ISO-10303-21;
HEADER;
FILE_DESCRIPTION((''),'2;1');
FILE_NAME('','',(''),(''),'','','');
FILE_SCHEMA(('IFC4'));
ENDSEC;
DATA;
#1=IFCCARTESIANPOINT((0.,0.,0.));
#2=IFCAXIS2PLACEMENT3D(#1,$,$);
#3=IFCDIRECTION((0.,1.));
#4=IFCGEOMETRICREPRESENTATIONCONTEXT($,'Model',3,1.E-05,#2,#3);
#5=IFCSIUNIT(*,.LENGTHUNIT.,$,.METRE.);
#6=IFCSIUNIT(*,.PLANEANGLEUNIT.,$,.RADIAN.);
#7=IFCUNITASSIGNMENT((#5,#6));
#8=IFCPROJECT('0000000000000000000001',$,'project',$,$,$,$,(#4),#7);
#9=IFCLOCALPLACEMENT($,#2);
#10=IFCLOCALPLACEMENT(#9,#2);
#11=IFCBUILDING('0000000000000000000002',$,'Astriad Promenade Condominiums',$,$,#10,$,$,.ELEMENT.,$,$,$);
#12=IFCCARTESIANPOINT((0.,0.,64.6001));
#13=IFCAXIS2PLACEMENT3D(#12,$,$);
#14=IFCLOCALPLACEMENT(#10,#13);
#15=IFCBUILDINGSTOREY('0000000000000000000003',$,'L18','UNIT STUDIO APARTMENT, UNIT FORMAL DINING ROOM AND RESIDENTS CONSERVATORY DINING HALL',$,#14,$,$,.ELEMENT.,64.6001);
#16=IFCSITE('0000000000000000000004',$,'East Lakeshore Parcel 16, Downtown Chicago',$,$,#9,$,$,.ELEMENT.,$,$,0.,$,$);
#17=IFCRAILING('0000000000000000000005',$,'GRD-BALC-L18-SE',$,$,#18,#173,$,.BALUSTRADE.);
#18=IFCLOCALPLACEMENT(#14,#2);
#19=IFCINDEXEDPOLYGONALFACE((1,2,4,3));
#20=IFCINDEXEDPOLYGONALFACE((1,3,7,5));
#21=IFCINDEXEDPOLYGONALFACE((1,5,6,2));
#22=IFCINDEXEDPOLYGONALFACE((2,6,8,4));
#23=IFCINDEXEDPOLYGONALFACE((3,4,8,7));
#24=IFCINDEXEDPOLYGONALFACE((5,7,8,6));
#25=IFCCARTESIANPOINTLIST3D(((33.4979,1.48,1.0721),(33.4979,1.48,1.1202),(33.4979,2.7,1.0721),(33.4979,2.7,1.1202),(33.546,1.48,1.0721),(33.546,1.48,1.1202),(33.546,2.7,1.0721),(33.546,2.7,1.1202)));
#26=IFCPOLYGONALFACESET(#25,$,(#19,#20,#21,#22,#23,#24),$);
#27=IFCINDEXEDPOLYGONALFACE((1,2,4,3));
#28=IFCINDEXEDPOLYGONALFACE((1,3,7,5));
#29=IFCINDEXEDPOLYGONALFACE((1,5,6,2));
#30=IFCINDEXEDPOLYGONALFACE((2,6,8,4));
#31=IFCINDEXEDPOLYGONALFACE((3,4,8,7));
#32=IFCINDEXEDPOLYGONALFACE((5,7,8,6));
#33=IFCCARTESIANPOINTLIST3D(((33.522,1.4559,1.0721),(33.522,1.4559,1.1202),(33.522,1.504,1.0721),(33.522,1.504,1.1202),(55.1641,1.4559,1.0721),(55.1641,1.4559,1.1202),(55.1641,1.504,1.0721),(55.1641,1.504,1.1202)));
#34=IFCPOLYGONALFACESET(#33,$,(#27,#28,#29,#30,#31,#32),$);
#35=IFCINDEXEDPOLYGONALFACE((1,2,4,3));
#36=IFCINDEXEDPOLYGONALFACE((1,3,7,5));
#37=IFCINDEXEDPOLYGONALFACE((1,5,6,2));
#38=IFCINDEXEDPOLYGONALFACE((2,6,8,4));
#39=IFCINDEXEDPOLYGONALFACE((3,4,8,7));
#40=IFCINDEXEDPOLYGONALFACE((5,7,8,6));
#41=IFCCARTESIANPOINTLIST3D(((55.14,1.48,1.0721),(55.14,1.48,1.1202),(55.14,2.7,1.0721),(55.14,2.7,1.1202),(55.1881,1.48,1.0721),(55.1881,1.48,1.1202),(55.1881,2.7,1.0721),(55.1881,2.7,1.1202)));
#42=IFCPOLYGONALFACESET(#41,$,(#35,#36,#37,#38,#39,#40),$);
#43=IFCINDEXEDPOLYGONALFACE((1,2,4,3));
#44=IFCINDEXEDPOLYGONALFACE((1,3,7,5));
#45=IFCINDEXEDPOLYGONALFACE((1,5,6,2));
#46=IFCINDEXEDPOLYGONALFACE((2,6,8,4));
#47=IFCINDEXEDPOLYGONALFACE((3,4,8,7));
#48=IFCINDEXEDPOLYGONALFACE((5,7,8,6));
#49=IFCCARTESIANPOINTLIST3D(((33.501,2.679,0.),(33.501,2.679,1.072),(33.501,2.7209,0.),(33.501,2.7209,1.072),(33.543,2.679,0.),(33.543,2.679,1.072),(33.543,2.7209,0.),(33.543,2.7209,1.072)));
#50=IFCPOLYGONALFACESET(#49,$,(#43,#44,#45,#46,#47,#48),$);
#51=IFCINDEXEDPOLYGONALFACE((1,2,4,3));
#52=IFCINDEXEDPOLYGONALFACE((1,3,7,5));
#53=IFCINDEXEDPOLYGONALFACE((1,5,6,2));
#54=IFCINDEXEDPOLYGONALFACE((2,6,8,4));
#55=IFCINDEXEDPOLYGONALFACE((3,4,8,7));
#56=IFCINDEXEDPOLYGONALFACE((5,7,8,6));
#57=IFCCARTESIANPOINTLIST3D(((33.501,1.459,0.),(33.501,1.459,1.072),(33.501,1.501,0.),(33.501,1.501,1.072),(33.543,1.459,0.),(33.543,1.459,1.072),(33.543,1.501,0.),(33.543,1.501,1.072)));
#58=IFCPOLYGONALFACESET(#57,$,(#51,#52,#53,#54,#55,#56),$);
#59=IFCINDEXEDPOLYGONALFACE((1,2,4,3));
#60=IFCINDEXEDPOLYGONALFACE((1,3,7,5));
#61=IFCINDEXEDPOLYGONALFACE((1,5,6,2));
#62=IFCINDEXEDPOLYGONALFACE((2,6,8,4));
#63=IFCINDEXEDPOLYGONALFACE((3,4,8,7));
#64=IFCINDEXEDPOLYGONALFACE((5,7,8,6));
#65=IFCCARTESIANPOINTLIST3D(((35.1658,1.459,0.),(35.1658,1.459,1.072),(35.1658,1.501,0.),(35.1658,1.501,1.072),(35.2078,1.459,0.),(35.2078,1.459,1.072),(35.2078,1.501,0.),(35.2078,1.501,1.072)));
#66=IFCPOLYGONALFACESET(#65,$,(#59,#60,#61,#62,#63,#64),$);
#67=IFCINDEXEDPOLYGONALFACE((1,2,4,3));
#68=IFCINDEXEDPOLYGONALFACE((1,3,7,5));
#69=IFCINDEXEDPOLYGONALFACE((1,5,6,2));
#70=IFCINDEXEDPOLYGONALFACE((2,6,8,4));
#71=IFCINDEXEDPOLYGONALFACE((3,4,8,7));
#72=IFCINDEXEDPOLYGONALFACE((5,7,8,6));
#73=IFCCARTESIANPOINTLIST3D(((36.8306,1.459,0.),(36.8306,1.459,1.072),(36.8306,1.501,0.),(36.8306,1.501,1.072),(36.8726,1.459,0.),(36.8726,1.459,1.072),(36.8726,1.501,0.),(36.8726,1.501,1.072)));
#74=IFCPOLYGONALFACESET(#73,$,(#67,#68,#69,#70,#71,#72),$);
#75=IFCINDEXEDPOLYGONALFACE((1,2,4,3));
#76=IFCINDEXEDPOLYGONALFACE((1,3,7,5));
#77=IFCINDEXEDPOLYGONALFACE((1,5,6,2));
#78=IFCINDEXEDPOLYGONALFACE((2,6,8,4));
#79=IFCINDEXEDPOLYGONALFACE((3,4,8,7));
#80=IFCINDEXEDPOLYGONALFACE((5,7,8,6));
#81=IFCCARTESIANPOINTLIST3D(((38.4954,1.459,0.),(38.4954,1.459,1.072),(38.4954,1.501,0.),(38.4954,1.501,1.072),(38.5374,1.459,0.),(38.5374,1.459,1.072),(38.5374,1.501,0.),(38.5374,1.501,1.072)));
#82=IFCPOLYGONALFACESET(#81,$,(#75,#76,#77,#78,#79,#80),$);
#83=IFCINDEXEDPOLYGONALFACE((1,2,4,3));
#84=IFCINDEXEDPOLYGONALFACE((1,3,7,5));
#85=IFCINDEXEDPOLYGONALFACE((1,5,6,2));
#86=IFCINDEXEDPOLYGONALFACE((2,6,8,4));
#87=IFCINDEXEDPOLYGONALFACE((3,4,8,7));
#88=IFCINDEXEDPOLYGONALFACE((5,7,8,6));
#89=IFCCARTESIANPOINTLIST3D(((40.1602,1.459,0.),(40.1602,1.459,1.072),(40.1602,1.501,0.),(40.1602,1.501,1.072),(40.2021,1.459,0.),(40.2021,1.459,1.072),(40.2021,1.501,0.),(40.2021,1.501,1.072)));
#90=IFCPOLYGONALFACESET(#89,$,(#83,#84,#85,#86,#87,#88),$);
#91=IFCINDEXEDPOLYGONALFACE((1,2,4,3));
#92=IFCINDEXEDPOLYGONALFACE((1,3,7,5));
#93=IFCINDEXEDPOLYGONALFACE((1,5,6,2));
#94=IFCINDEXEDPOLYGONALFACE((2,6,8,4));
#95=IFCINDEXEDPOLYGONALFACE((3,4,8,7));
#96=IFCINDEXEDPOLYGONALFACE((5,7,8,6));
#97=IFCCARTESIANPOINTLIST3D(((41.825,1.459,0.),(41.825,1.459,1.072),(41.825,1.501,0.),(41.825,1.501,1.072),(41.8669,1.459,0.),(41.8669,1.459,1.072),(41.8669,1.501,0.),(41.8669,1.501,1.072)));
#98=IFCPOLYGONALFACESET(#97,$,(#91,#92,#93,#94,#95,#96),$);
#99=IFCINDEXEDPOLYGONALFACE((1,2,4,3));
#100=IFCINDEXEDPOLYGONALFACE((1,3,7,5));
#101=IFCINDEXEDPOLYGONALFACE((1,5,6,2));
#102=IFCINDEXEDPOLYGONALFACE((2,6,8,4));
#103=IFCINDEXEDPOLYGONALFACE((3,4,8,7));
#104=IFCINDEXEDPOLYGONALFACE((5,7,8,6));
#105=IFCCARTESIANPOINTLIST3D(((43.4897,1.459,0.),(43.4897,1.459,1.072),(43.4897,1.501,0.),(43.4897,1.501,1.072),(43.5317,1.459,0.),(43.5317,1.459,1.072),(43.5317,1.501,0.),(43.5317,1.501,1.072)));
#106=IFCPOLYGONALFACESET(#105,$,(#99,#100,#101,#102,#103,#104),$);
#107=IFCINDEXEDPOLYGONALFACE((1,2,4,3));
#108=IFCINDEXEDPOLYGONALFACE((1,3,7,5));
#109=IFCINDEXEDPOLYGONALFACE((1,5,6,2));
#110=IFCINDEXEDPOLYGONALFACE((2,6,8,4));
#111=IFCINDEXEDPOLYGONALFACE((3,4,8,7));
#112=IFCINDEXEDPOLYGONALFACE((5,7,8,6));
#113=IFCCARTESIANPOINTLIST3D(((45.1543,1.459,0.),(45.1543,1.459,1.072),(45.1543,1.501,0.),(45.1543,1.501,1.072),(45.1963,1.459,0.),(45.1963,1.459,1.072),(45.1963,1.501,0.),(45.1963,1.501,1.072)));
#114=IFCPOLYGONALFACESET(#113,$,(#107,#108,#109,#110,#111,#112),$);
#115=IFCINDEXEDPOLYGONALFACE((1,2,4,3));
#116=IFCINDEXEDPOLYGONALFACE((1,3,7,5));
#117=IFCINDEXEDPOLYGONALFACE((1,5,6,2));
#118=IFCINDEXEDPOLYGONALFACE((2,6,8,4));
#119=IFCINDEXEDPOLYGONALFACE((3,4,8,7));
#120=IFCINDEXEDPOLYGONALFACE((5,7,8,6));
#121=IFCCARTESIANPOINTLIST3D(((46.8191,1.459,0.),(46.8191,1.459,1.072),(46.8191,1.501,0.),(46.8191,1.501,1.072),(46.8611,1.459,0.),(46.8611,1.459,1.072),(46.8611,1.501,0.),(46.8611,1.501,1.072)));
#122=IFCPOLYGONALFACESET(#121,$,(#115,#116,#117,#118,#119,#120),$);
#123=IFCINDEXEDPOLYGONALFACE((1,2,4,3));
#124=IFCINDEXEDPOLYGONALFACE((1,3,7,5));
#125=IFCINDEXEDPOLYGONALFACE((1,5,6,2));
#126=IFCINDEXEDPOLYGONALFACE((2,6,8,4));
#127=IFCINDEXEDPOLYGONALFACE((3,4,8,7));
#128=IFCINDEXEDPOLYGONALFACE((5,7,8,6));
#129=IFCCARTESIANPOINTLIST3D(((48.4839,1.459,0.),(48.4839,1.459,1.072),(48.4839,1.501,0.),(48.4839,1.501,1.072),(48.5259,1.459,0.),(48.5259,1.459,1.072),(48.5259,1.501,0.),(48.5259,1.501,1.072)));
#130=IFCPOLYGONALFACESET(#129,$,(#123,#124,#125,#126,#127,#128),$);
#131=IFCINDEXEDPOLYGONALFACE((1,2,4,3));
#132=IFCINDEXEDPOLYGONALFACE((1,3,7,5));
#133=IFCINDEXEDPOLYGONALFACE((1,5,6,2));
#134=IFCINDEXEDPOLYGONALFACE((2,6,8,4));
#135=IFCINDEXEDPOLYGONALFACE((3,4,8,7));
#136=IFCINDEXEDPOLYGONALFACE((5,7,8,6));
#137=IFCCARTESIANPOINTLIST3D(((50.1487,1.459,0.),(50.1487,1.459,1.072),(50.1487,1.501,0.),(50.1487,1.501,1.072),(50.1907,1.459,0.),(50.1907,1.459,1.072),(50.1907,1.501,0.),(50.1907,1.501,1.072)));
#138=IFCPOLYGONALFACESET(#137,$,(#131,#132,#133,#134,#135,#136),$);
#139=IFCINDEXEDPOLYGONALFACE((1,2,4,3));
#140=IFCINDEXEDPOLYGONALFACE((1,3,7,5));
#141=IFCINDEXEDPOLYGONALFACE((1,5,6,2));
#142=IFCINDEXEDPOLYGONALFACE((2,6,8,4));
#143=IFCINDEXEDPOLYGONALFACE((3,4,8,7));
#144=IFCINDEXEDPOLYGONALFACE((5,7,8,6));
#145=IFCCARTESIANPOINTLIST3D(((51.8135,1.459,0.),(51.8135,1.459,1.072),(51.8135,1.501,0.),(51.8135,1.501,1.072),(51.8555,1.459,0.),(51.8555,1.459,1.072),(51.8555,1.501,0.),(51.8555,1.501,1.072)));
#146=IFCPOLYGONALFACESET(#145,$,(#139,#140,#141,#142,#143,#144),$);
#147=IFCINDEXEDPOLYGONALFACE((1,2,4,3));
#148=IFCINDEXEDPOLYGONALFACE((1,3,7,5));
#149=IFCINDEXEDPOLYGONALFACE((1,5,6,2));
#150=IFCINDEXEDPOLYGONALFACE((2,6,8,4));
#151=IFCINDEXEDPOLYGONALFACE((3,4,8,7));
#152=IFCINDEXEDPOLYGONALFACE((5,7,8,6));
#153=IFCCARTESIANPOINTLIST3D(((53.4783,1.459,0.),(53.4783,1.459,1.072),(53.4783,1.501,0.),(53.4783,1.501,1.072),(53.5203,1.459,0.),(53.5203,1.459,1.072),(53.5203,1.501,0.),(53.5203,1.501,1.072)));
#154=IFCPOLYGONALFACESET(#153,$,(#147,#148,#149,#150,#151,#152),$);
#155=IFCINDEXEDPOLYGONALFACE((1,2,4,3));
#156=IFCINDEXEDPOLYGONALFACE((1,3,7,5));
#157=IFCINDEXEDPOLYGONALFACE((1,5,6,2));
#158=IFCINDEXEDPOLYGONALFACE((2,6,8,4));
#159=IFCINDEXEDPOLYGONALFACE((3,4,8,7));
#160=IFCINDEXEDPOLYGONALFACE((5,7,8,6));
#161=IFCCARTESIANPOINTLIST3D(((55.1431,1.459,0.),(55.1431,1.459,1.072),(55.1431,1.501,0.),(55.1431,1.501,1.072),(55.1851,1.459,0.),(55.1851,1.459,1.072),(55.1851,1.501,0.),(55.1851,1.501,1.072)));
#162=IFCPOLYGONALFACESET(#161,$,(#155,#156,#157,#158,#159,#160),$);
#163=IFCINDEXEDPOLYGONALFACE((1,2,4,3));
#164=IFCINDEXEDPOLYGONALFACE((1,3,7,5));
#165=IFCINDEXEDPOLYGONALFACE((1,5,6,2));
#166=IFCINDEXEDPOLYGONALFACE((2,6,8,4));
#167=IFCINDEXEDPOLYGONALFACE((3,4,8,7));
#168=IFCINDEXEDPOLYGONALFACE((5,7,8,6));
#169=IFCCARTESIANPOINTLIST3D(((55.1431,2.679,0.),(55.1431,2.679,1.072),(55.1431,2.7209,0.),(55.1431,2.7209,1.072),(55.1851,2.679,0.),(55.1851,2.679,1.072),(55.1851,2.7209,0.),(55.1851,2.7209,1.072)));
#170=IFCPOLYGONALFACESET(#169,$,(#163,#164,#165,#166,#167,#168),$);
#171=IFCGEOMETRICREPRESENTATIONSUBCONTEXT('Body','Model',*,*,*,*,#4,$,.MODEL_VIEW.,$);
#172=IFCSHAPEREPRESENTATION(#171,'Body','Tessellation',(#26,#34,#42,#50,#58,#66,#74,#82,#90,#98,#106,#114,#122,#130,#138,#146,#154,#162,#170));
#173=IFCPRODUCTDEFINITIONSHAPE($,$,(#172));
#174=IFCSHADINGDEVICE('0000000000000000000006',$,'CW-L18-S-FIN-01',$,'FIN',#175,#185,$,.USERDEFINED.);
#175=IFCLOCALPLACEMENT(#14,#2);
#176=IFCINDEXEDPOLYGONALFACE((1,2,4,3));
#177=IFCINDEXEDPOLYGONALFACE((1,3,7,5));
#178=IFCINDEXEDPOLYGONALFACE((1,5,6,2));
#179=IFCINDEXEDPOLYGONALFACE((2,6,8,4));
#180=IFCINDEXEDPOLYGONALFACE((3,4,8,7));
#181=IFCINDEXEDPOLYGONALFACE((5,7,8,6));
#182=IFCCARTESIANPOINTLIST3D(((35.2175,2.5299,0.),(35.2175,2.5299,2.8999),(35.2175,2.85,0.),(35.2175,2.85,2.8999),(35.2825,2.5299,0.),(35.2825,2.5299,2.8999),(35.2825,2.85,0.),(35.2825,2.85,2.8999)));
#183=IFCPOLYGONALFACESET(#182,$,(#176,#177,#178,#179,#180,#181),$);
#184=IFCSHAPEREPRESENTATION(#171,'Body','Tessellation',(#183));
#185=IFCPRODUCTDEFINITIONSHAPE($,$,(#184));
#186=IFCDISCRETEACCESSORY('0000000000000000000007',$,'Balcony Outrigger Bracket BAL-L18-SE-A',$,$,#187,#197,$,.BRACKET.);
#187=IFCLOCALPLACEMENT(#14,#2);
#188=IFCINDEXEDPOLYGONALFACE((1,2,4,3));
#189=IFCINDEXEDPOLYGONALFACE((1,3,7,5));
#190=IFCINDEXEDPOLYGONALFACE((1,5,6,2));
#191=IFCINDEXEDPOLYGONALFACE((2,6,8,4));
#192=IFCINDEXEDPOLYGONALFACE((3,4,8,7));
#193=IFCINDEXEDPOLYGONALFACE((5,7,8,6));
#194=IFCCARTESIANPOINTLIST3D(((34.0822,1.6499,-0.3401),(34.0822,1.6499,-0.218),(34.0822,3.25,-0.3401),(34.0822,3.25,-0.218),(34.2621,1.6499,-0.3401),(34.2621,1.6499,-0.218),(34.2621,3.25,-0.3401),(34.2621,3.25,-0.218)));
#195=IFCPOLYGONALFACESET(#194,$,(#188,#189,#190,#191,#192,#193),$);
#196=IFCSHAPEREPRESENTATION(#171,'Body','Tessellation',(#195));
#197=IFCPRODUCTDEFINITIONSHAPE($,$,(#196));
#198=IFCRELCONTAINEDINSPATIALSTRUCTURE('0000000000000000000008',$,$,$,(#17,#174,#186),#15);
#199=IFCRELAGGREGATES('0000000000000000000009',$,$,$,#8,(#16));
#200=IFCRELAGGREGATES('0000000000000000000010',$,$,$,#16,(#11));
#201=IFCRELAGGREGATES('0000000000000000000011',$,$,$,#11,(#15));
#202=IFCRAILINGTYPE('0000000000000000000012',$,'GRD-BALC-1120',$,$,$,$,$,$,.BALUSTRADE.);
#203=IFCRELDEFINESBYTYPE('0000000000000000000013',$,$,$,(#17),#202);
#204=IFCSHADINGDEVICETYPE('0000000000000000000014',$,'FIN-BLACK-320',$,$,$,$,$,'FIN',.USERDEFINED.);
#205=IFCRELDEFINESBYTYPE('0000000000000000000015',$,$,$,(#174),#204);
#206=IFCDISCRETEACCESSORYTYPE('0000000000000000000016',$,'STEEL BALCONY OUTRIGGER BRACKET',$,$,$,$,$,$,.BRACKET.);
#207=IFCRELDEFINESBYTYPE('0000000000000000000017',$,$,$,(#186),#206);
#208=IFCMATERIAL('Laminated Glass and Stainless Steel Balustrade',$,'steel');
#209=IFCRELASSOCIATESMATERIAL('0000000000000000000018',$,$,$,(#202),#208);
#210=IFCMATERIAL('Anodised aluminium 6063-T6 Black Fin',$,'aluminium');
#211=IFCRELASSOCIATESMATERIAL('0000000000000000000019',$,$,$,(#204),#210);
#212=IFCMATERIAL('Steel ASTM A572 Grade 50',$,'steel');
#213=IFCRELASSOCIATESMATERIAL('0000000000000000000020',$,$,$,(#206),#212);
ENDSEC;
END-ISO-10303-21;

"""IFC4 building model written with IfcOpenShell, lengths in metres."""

from ifc_helpers import new_model, si_unit, direction, frame, origin, origin_2d, place, context, subcontext, project, spatial, rectangle, extrude, source, transform, mapped, material, type_object, type_shapes, element, save


model = new_model("IFC4")

# Units and contexts
model_context = context("Model", 3, precision=1e-05, world=origin(), true_north=direction((0.0, 1.0)))
body_context = subcontext(model_context, "Body", "Model", "MODEL_VIEW")
ifc_project = project(units=[si_unit("LENGTHUNIT", "METRE"), si_unit("PLANEANGLEUNIT", "RADIAN")], contexts=[model_context])

# Site, building, storey
site_placement = place(None, origin())
site = spatial("IfcSite", under=ifc_project, at=site_placement, Name="East Lakeshore Parcel 16, Downtown Chicago", CompositionType="ELEMENT", RefElevation=0.0)
building_placement = place(site_placement, origin())
building = spatial("IfcBuilding", under=site, at=building_placement, Name="Astriad Promenade Condominiums", CompositionType="ELEMENT")
storey_placement = place(building_placement, frame((0.0, 0.0, 64.6001)))
storey = spatial("IfcBuildingStorey", under=building, at=storey_placement, Name="L18", Description="UNIT STUDIO APARTMENT, UNIT FORMAL DINING ROOM AND RESIDENTS CONSERVATORY DINING HALL", CompositionType="ELEMENT", Elevation=64.6001)

# Railing
ifc_material_1 = material(Name="Laminated Glass and Stainless Steel Balustrade", Category="steel")
railing_type = type_object("IfcRailingType", Name="GRD-BALC-1120", PredefinedType="BALUSTRADE", material=ifc_material_1)
shared_shape_1 = source(origin(), body_context, "Body", "SweptSolid", [
    extrude(rectangle(XDim=0.0481, YDim=0.0481, at=origin_2d()), frame((0.0, 0.0, 1.0962), z_axis=(0.0, -1.0, 0.0), x_axis=(1.0, 0.0, 0.0)), (0.0, 0.0, 1.0), 1.22),
    extrude(rectangle(XDim=0.0481, YDim=0.0481, at=origin_2d()), frame((0.0, -1.22, 1.0962), z_axis=(1.0, 0.0, 0.0), x_axis=(0.0, 1.0, 0.0)), (0.0, 0.0, 1.0), 21.6421),
    extrude(rectangle(XDim=0.0481, YDim=0.0481, at=origin_2d()), frame((21.6421, -1.22, 1.0962), z_axis=(0.0, 1.0, 0.0), x_axis=(-1.0, 0.0, 0.0)), (0.0, 0.0, 1.0), 1.22),
    extrude(rectangle(XDim=0.042, YDim=0.042, at=origin_2d()), origin(), (0.0, 0.0, 1.0), 1.072),
    extrude(rectangle(XDim=0.042, YDim=0.042, at=origin_2d()), frame((0.0, -1.22, 0.0)), (0.0, 0.0, 1.0), 1.072),
    extrude(rectangle(XDim=0.042, YDim=0.042, at=origin_2d()), frame((1.6648, -1.22, 0.0)), (0.0, 0.0, 1.0), 1.072),
    extrude(rectangle(XDim=0.042, YDim=0.042, at=origin_2d()), frame((3.3296, -1.22, 0.0)), (0.0, 0.0, 1.0), 1.072),
    extrude(rectangle(XDim=0.042, YDim=0.042, at=origin_2d()), frame((4.9944, -1.22, 0.0)), (0.0, 0.0, 1.0), 1.072),
    extrude(rectangle(XDim=0.042, YDim=0.042, at=origin_2d()), frame((6.6592, -1.22, 0.0)), (0.0, 0.0, 1.0), 1.072),
    extrude(rectangle(XDim=0.042, YDim=0.042, at=origin_2d()), frame((8.324, -1.22, 0.0)), (0.0, 0.0, 1.0), 1.072),
    extrude(rectangle(XDim=0.042, YDim=0.042, at=origin_2d()), frame((9.9888, -1.22, 0.0)), (0.0, 0.0, 1.0), 1.072),
    extrude(rectangle(XDim=0.042, YDim=0.042, at=origin_2d()), frame((11.6533, -1.22, 0.0)), (0.0, 0.0, 1.0), 1.072),
    extrude(rectangle(XDim=0.042, YDim=0.042, at=origin_2d()), frame((13.3181, -1.22, 0.0)), (0.0, 0.0, 1.0), 1.072),
    extrude(rectangle(XDim=0.042, YDim=0.042, at=origin_2d()), frame((14.9829, -1.22, 0.0)), (0.0, 0.0, 1.0), 1.072),
    extrude(rectangle(XDim=0.042, YDim=0.042, at=origin_2d()), frame((16.6477, -1.22, 0.0)), (0.0, 0.0, 1.0), 1.072),
    extrude(rectangle(XDim=0.042, YDim=0.042, at=origin_2d()), frame((18.3125, -1.22, 0.0)), (0.0, 0.0, 1.0), 1.072),
    extrude(rectangle(XDim=0.042, YDim=0.042, at=origin_2d()), frame((19.9773, -1.22, 0.0)), (0.0, 0.0, 1.0), 1.072),
    extrude(rectangle(XDim=0.042, YDim=0.042, at=origin_2d()), frame((21.6421, -1.22, 0.0)), (0.0, 0.0, 1.0), 1.072),
    extrude(rectangle(XDim=0.042, YDim=0.042, at=origin_2d()), frame((21.6421, 0.0, 0.0)), (0.0, 0.0, 1.0), 1.072),
])
type_shapes(railing_type, [shared_shape_1])
railing_placement = place(storey_placement, frame((33.522, 2.7, 0.0)))
element("IfcRailing", 1, at=railing_placement, inside=storey, type_object=railing_type, Name="GRD-BALC-L18-SE", PredefinedType="BALUSTRADE", context=body_context, shape_type="MappedRepresentation", body=[
    mapped(shared_shape_1, transform((0.0, 0.0, 0.0), scale=1.0)),
])

# Shading device
ifc_material_2 = material(Name="Anodised aluminium 6063-T6 Black Fin", Category="aluminium")
shading_device_type = type_object("IfcShadingDeviceType", Name="FIN-BLACK-320", ElementType="FIN", PredefinedType="USERDEFINED", material=ifc_material_2)
shared_shape_2 = source(origin(), body_context, "Body", "SweptSolid", [
    extrude(rectangle(XDim=0.0649, YDim=0.3201, at=origin_2d()), origin(), (0.0, 0.0, 1.0), 2.8999),
])
type_shapes(shading_device_type, [shared_shape_2])
shading_device_placement = place(storey_placement, frame((35.25, 2.6899, 0.0), z_axis=(0.0, 0.0, 1.0), x_axis=(-1.0, 0.0, 0.0)))
element("IfcShadingDevice", 2, at=shading_device_placement, inside=storey, type_object=shading_device_type, Name="CW-L18-S-FIN-01", ObjectType="FIN", PredefinedType="USERDEFINED", context=body_context, shape_type="MappedRepresentation", body=[
    mapped(shared_shape_2, transform((0.0, 0.0, 0.0), scale=1.0)),
])

# Discrete accessory
ifc_material_3 = material(Name="Steel ASTM A572 Grade 50", Category="steel")
discrete_accessory_type = type_object("IfcDiscreteAccessoryType", Name="STEEL BALCONY OUTRIGGER BRACKET", PredefinedType="BRACKET", material=ifc_material_3)
shared_shape_3 = source(origin(), body_context, "Body", "SweptSolid", [
    extrude(rectangle(XDim=1.6001, YDim=0.1799, at=origin_2d()), origin(), (0.0, 0.0, 1.0), 0.1221),
])
type_shapes(discrete_accessory_type, [shared_shape_3])
discrete_accessory_placement = place(storey_placement, frame((34.1721, 2.45, -0.3401), z_axis=(0.0, 0.0, 1.0), x_axis=(0.0, -1.0, 0.0)))
element("IfcDiscreteAccessory", 3, at=discrete_accessory_placement, inside=storey, type_object=discrete_accessory_type, Name="Balcony Outrigger Bracket BAL-L18-SE-A", PredefinedType="BRACKET", context=body_context, shape_type="MappedRepresentation", body=[
    mapped(shared_shape_3, transform((0.0, 0.0, 0.0), scale=1.0)),
])

save(model, "model.ifc")
